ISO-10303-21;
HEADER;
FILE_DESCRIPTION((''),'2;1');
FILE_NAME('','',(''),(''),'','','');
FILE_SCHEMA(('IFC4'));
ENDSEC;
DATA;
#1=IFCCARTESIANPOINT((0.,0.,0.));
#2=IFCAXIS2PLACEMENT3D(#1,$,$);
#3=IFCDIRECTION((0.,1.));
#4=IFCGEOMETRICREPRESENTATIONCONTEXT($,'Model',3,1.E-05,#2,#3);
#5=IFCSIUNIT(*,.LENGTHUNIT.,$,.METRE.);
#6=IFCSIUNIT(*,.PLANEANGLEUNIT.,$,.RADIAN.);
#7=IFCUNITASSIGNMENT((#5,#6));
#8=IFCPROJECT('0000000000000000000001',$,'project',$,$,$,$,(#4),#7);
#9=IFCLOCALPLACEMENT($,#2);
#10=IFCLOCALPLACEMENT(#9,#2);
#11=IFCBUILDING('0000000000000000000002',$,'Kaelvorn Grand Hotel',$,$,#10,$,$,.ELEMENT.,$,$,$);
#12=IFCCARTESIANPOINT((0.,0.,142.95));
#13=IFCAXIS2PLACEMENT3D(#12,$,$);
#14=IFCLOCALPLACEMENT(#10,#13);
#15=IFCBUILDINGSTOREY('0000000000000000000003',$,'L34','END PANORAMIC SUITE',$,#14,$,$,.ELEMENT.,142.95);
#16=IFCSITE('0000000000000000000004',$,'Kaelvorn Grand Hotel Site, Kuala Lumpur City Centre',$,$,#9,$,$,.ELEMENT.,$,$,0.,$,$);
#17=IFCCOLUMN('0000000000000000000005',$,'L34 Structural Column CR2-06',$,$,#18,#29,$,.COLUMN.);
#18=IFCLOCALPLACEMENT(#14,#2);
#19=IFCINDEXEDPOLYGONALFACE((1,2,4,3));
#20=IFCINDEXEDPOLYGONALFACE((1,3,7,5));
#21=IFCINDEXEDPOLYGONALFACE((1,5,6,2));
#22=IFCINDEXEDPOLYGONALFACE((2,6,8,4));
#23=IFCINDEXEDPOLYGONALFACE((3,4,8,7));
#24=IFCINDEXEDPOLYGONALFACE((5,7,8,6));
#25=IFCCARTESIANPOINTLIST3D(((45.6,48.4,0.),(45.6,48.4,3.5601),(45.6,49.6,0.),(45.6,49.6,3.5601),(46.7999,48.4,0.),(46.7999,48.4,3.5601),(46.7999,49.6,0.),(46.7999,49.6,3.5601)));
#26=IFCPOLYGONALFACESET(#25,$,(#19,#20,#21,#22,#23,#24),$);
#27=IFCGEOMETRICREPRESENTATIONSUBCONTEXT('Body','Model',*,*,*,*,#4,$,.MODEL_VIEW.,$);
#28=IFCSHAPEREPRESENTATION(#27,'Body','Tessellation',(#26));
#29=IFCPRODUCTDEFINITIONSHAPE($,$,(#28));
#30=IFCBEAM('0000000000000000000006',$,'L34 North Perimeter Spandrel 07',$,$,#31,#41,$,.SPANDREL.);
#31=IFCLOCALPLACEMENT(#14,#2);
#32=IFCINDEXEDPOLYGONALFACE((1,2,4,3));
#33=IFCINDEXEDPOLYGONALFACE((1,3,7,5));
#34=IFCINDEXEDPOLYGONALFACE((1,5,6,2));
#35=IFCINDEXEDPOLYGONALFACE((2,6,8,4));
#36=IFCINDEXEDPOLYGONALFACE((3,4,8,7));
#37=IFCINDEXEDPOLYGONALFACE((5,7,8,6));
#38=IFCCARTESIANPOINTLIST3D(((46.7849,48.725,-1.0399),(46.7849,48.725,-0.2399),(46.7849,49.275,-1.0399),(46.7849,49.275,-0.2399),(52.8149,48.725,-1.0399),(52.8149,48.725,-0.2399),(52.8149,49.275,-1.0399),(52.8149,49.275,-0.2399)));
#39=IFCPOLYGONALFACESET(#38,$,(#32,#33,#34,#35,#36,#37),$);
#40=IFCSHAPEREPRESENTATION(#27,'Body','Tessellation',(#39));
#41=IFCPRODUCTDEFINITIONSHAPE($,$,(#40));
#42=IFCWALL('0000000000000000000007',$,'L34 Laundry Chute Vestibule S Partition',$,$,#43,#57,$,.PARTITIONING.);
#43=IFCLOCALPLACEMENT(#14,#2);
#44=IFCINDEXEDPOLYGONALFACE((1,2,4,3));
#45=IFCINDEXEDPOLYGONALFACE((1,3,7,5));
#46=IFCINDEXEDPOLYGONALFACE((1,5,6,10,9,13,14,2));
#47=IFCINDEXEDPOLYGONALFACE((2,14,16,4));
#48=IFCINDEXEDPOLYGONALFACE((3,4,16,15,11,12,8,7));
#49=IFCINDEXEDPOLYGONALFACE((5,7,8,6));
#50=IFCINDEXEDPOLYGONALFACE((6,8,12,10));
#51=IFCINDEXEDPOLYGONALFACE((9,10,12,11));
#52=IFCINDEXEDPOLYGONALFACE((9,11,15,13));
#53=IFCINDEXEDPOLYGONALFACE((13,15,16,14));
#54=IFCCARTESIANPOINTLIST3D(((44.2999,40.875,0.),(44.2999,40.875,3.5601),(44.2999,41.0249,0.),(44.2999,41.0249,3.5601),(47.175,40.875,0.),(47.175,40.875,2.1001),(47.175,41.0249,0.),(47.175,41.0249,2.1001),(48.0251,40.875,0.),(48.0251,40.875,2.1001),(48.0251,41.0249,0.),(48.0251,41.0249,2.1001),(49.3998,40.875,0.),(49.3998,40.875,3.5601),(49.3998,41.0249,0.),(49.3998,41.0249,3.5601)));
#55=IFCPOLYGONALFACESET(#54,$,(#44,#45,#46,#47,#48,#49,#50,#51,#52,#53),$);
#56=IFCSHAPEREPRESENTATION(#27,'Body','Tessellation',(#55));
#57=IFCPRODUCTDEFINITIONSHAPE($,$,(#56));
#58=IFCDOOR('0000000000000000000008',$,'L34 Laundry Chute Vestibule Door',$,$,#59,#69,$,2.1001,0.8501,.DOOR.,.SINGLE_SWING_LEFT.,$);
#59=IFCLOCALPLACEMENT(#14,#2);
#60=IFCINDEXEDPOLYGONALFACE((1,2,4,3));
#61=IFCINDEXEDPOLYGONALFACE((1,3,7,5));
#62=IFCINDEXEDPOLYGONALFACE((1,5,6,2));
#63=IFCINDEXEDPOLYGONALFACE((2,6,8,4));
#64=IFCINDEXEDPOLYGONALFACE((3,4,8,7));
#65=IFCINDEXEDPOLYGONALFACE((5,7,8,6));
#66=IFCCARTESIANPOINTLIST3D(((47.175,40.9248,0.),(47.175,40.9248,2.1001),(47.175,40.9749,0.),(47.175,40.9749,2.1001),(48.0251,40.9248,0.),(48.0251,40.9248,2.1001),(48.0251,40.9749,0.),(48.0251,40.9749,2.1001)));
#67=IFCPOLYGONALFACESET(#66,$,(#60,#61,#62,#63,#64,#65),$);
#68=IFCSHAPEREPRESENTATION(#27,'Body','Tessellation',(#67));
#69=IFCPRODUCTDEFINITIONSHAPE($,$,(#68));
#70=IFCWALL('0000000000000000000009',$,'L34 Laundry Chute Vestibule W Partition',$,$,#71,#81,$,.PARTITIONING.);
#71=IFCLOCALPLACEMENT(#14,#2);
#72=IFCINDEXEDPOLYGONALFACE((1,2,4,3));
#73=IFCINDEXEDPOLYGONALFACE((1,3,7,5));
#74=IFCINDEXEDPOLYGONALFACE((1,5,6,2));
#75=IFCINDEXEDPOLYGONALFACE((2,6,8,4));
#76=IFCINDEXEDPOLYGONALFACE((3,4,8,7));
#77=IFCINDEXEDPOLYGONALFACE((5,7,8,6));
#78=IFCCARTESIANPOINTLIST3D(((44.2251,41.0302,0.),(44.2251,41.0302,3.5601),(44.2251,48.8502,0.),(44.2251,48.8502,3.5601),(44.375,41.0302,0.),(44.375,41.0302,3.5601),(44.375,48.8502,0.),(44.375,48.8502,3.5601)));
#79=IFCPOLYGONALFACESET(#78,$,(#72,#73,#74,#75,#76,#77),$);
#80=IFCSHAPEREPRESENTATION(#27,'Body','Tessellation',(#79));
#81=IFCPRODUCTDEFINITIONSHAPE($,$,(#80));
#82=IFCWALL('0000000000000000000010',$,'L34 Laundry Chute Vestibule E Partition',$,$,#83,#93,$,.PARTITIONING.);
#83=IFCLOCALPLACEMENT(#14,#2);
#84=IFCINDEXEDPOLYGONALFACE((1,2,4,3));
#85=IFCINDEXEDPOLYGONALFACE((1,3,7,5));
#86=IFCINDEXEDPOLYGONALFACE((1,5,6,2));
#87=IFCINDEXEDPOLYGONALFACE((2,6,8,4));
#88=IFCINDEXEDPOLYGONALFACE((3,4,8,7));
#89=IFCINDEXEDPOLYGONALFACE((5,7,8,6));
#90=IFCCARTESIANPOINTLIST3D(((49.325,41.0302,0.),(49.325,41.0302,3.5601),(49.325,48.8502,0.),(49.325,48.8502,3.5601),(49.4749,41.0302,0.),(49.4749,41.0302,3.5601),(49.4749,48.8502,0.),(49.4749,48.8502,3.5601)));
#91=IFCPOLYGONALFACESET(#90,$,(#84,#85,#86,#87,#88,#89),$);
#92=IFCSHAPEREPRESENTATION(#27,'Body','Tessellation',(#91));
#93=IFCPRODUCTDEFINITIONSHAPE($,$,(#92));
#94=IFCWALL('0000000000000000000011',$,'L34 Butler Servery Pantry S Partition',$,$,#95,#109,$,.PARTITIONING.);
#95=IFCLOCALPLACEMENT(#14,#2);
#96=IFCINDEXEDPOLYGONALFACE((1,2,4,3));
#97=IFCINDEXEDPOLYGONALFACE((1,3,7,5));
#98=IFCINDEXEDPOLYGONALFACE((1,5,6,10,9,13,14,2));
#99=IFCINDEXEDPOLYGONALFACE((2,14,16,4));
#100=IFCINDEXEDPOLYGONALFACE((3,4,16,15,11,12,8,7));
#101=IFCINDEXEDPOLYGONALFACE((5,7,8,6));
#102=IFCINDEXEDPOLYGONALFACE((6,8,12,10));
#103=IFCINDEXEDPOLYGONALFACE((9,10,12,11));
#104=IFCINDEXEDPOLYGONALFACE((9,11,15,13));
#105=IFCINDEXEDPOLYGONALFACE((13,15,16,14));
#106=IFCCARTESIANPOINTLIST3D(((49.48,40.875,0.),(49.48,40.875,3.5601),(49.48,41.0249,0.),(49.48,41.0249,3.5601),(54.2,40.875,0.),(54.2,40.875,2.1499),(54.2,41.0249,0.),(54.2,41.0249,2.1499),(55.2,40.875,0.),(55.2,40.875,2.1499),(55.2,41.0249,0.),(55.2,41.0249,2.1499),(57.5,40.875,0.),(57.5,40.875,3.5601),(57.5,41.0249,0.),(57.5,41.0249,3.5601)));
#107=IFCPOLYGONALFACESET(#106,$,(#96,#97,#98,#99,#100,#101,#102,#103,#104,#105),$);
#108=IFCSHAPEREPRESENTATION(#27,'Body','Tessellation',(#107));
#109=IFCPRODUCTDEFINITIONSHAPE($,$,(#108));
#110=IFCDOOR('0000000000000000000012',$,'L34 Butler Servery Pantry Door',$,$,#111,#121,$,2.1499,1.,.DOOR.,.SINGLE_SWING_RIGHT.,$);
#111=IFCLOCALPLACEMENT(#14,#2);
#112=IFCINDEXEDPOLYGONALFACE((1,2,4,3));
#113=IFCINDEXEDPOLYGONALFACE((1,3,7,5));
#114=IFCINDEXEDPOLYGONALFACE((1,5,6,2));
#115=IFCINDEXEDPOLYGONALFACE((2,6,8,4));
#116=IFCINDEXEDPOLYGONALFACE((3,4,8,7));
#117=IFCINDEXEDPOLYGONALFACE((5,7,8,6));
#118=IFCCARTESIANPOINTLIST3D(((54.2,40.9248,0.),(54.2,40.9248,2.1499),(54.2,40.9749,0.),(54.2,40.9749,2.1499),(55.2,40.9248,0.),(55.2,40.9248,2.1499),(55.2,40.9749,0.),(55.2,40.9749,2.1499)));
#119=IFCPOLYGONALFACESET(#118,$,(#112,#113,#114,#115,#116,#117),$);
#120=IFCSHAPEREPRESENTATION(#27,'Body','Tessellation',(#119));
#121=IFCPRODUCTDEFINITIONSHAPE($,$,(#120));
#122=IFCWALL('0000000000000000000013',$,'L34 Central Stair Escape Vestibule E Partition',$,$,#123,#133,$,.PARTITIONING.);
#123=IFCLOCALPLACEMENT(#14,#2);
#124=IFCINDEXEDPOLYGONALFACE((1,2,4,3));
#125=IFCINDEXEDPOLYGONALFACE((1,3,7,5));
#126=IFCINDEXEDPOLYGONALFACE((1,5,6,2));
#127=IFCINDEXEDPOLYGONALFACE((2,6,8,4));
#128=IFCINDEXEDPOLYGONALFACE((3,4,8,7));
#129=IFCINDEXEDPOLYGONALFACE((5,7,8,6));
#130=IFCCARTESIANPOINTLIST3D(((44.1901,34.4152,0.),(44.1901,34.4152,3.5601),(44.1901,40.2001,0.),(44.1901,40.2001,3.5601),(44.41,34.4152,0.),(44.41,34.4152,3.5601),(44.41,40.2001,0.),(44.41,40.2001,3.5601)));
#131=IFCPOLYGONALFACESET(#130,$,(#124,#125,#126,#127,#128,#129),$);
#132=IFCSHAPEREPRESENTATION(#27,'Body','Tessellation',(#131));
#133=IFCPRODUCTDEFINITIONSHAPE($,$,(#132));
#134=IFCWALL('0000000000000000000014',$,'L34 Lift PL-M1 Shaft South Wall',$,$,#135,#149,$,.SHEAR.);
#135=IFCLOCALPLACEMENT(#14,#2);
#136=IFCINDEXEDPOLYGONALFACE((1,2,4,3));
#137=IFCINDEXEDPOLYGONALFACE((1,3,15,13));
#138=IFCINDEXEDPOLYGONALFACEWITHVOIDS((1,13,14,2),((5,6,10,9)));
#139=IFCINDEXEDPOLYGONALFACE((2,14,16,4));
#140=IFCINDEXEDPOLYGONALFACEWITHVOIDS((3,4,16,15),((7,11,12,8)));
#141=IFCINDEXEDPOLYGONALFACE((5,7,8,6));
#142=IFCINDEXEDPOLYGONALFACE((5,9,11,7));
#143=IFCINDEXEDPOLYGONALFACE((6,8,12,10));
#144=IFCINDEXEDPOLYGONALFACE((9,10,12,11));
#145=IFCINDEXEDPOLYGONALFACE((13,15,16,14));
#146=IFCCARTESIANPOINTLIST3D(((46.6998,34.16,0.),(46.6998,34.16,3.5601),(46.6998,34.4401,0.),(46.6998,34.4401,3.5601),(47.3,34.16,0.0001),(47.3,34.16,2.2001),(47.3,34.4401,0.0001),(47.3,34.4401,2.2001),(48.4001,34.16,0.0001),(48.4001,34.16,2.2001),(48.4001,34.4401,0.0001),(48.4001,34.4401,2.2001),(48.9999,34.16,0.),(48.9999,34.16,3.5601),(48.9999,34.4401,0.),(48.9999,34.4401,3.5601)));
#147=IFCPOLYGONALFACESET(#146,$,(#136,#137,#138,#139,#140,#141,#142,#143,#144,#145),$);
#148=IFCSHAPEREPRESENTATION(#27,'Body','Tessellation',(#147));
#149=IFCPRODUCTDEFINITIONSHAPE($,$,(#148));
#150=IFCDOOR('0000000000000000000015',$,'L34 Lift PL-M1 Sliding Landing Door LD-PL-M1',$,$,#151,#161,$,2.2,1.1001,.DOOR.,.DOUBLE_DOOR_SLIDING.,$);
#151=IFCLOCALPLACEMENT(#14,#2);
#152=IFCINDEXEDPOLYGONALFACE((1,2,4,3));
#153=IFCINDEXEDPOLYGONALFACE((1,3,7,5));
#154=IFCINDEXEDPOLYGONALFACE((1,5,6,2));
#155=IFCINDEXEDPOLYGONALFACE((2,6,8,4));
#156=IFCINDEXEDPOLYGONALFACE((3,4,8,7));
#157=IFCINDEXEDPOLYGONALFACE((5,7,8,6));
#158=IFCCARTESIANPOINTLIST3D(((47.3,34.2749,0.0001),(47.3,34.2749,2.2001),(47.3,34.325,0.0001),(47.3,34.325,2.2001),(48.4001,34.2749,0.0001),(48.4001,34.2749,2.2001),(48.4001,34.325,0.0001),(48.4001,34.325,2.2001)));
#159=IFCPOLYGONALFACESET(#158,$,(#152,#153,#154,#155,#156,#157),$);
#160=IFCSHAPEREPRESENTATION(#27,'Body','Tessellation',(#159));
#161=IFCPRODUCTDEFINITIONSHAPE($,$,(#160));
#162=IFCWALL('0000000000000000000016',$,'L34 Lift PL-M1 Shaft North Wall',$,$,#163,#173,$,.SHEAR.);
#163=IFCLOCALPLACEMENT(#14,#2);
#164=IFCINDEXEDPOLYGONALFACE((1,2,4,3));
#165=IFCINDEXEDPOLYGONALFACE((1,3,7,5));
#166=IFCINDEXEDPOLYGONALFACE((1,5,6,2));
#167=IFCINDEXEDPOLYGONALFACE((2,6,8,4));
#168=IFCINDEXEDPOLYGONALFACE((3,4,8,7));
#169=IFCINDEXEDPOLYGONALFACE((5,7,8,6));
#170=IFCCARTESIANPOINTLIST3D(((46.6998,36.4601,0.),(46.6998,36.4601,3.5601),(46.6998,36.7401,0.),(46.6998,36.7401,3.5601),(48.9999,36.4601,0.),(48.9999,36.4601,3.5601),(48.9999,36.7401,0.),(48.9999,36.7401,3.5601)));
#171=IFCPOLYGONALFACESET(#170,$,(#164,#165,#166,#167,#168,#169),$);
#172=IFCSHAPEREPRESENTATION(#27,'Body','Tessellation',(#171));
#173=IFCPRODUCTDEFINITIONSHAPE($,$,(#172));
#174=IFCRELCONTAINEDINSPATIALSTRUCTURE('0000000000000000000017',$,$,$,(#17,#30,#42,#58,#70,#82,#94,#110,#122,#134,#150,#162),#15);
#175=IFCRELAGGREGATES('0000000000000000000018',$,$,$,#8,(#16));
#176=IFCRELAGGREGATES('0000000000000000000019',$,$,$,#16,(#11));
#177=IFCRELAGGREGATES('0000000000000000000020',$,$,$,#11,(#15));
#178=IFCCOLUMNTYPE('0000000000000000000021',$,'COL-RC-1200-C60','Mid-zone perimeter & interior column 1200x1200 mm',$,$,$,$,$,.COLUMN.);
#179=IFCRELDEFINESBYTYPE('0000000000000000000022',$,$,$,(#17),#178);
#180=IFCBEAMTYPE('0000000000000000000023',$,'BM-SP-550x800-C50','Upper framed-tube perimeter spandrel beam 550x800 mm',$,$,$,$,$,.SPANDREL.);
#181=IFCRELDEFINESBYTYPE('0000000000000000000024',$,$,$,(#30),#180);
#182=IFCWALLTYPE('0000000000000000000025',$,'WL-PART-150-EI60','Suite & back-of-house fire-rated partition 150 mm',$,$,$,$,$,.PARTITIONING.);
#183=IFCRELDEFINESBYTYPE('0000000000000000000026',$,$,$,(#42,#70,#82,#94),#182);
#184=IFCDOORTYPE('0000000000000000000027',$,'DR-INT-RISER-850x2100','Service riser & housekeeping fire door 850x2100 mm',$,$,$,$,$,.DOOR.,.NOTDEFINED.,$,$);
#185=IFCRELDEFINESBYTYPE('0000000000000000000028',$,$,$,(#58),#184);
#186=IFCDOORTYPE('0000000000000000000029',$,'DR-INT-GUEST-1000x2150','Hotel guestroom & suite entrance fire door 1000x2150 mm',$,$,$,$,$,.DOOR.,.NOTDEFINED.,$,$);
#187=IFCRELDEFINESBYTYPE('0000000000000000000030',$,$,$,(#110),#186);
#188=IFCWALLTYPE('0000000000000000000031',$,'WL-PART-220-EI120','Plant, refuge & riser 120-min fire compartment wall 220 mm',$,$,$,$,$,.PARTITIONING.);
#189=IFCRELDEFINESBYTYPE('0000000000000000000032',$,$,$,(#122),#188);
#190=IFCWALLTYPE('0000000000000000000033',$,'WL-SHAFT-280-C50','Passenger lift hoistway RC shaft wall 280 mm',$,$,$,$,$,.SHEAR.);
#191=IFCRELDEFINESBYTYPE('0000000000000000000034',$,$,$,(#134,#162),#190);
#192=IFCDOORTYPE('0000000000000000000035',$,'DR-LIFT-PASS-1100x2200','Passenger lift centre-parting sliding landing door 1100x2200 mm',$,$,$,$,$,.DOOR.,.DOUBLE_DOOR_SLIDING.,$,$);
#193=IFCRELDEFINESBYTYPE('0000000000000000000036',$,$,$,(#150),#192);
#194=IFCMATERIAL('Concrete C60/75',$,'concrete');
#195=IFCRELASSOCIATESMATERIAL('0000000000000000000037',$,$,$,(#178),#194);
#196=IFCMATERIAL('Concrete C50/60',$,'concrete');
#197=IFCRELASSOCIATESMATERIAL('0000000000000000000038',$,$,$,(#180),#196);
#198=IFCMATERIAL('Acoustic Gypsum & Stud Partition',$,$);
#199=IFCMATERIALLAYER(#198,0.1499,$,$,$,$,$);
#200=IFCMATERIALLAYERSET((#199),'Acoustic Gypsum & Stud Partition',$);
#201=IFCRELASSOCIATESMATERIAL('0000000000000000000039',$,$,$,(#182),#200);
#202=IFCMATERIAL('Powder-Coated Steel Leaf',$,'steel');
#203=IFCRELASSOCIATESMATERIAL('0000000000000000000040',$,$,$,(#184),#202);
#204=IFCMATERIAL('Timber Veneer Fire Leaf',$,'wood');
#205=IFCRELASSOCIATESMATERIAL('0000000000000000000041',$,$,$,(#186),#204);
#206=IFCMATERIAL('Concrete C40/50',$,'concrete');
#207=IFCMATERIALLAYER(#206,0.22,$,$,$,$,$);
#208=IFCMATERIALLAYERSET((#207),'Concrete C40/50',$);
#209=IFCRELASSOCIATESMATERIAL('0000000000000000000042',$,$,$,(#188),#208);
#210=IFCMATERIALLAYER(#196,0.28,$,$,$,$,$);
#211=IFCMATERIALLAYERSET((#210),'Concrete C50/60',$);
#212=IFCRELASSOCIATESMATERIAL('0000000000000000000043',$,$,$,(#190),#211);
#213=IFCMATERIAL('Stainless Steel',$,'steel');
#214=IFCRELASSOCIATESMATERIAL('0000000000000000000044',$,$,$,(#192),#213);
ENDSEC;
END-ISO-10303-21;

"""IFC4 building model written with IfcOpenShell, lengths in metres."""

from ifc_helpers import new_model, si_unit, direction, frame, frame_2d, origin, origin_2d, place, context, subcontext, project, spatial, rectangle, extrude, material, layer, layer_set, material_profile, profile_set, type_object, element, fill, save


model = new_model("IFC4")

# Units and contexts
model_context = context("Model", 3, precision=1e-05, world=origin(), true_north=direction((0.0, 1.0)))
body_context = subcontext(model_context, "Body", "Model", "MODEL_VIEW")
ifc_project = project(units=[si_unit("LENGTHUNIT", "METRE"), si_unit("PLANEANGLEUNIT", "RADIAN")], contexts=[model_context])

# Site, building, storey
site_placement = place(None, origin())
site = spatial("IfcSite", under=ifc_project, at=site_placement, Name="Kaelvorn Grand Hotel Site, Kuala Lumpur City Centre", CompositionType="ELEMENT", RefElevation=0.0)
building_placement = place(site_placement, origin())
building = spatial("IfcBuilding", under=site, at=building_placement, Name="Kaelvorn Grand Hotel", CompositionType="ELEMENT")
storey_placement = place(building_placement, frame((0.0, 0.0, 142.95)))
storey = spatial("IfcBuildingStorey", under=building, at=storey_placement, Name="L34", Description="END PANORAMIC SUITE", CompositionType="ELEMENT", Elevation=142.95)

# Column
ifc_material_1 = material(Name="Concrete C60/75", Category="concrete")
ifc_material_profile_1 = material_profile(ifc_material_1, rectangle(XDim=1.2, YDim=1.2, at=origin_2d()), Name="RC COL 1200x1200")
ifc_profile_set_1 = profile_set([ifc_material_profile_1], Name="Concrete C60/75")
column_type = type_object("IfcColumnType", Name="COL-RC-1200-C60", Description="Mid-zone perimeter & interior column 1200x1200 mm", PredefinedType="COLUMN", material=ifc_profile_set_1)
column_placement = place(storey_placement, frame((46.2, 49.0, 0.0), z_axis=(0.0, 0.0, 1.0), x_axis=(1.0, 0.0, 0.0)))
element("IfcColumn", 1, at=column_placement, inside=storey, type_object=column_type, Name="L34 Structural Column CR2-06", PredefinedType="COLUMN", context=body_context, shape_type="SweptSolid", body=[
    extrude(rectangle(XDim=1.2, YDim=1.2, at=origin_2d()), origin(), (0.0, 0.0, 1.0), 3.5601),
])

# Beam
ifc_material_2 = material(Name="Concrete C50/60", Category="concrete")
ifc_material_profile_2 = material_profile(ifc_material_2, rectangle(XDim=0.55, YDim=0.8, at=origin_2d()), Name="RC SPANDREL 550x800")
ifc_profile_set_2 = profile_set([ifc_material_profile_2], Name="Concrete C50/60")
beam_type = type_object("IfcBeamType", Name="BM-SP-550x800-C50", Description="Upper framed-tube perimeter spandrel beam 550x800 mm", PredefinedType="SPANDREL", material=ifc_profile_set_2)
beam_placement = place(storey_placement, frame((46.7849, 49.0, -0.6399), z_axis=(1.0, 0.0, 0.0), x_axis=(0.0, 1.0, 0.0)))
element("IfcBeam", 2, at=beam_placement, inside=storey, type_object=beam_type, Name="L34 North Perimeter Spandrel 07", PredefinedType="SPANDREL", context=body_context, shape_type="SweptSolid", body=[
    extrude(rectangle(XDim=0.55, YDim=0.8, at=origin_2d()), origin(), (0.0, 0.0, 1.0), 6.03),
])

# Wall, opening, door
ifc_material_3 = material(Name="Acoustic Gypsum & Stud Partition")
ifc_layer_1 = layer(ifc_material_3, 0.1499)
ifc_layer_set_1 = layer_set([ifc_layer_1], Name="Acoustic Gypsum & Stud Partition")
wall_type_1 = type_object("IfcWallType", Name="WL-PART-150-EI60", Description="Suite & back-of-house fire-rated partition 150 mm", PredefinedType="PARTITIONING", material=ifc_layer_set_1)
wall_1_placement = place(storey_placement, frame((44.3, 40.95, 0.0), z_axis=(0.0, 0.0, 1.0), x_axis=(1.0, 0.0, 0.0)))
wall_1 = element("IfcWall", 3, at=wall_1_placement, inside=storey, type_object=wall_type_1, Name="L34 Laundry Chute Vestibule S Partition", PredefinedType="PARTITIONING", context=body_context, shape_type="SweptSolid", body=[
    extrude(rectangle(XDim=5.0999, YDim=0.1499, at=frame_2d((2.5498, 0.0))), origin(), (0.0, 0.0, 1.0), 3.5601),
])
opening_1_placement = place(wall_1_placement, frame((2.875, 0.0, 0.0)))
opening_1 = element("IfcOpeningElement", 4, at=opening_1_placement, cuts=wall_1, PredefinedType="OPENING", context=body_context, shape_type="SweptSolid", body=[
    extrude(rectangle(XDim=0.8501, YDim=2.1001, at=frame_2d((0.425, 1.05))), frame((0.0, 0.085, 0.0), z_axis=(0.0, -1.0, 0.0), x_axis=(1.0, 0.0, 0.0)), (0.0, 0.0, 1.0), 0.1699),
])
ifc_material_4 = material(Name="Powder-Coated Steel Leaf", Category="steel")
door_type_1 = type_object("IfcDoorType", Name="DR-INT-RISER-850x2100", Description="Service riser & housekeeping fire door 850x2100 mm", OperationType="NOTDEFINED", PredefinedType="DOOR", material=ifc_material_4)
door_1_placement = place(opening_1_placement, origin())
door_1 = element("IfcDoor", 5, at=door_1_placement, inside=storey, type_object=door_type_1, Name="L34 Laundry Chute Vestibule Door", OperationType="SINGLE_SWING_LEFT", OverallHeight=2.1001, OverallWidth=0.8501, PredefinedType="DOOR", context=body_context, shape_type="SweptSolid", body=[
    extrude(rectangle(XDim=0.8501, YDim=2.1001, at=frame_2d((0.425, 1.05))), frame((0.0, 0.0249, 0.0), z_axis=(0.0, -1.0, 0.0), x_axis=(1.0, 0.0, 0.0)), (0.0, 0.0, 1.0), 0.05),
])
fill(opening_1, door_1)

# Walls
for number, where, z_axis, x_axis, name in (
    (6, (44.3, 41.03, 0.0), (0.0, 0.0, 1.0), (0.0, 1.0, 0.0), "L34 Laundry Chute Vestibule W Partition"),
    (7, (49.3999, 41.03, 0.0), (0.0, 0.0, 1.0), (0.0, 1.0, 0.0), "L34 Laundry Chute Vestibule E Partition"),
):
    element("IfcWall", number, at=place(storey_placement, frame(where, z_axis=z_axis, x_axis=x_axis)), inside=storey, type_object=wall_type_1, Name=name, PredefinedType="PARTITIONING", context=body_context, shape_type="SweptSolid", body=[
        extrude(rectangle(XDim=7.8201, YDim=0.1499, at=frame_2d((3.9102, 0.0))), origin(), (0.0, 0.0, 1.0), 3.5601),
    ])

# Wall, opening, door
wall_2_placement = place(storey_placement, frame((49.48, 40.95, 0.0), z_axis=(0.0, 0.0, 1.0), x_axis=(1.0, 0.0, 0.0)))
wall_2 = element("IfcWall", 8, at=wall_2_placement, inside=storey, type_object=wall_type_1, Name="L34 Butler Servery Pantry S Partition", PredefinedType="PARTITIONING", context=body_context, shape_type="SweptSolid", body=[
    extrude(rectangle(XDim=8.02, YDim=0.1499, at=frame_2d((4.01, 0.0))), origin(), (0.0, 0.0, 1.0), 3.5601),
])
opening_2_placement = place(wall_2_placement, frame((4.72, 0.0, 0.0)))
opening_2 = element("IfcOpeningElement", 9, at=opening_2_placement, cuts=wall_2, PredefinedType="OPENING", context=body_context, shape_type="SweptSolid", body=[
    extrude(rectangle(XDim=1.0, YDim=2.1499, at=frame_2d((0.5, 1.075))), frame((0.0, 0.085, 0.0), z_axis=(0.0, -1.0, 0.0), x_axis=(1.0, 0.0, 0.0)), (0.0, 0.0, 1.0), 0.1699),
])
ifc_material_5 = material(Name="Timber Veneer Fire Leaf", Category="wood")
door_type_2 = type_object("IfcDoorType", Name="DR-INT-GUEST-1000x2150", Description="Hotel guestroom & suite entrance fire door 1000x2150 mm", OperationType="NOTDEFINED", PredefinedType="DOOR", material=ifc_material_5)
door_2_placement = place(opening_2_placement, origin())
door_2 = element("IfcDoor", 10, at=door_2_placement, inside=storey, type_object=door_type_2, Name="L34 Butler Servery Pantry Door", OperationType="SINGLE_SWING_RIGHT", OverallHeight=2.1499, OverallWidth=1.0, PredefinedType="DOOR", context=body_context, shape_type="SweptSolid", body=[
    extrude(rectangle(XDim=1.0, YDim=2.1499, at=frame_2d((0.5, 1.075))), frame((0.0, 0.0249, 0.0), z_axis=(0.0, -1.0, 0.0), x_axis=(1.0, 0.0, 0.0)), (0.0, 0.0, 1.0), 0.05),
])
fill(opening_2, door_2)

# Wall
ifc_material_6 = material(Name="Concrete C40/50", Category="concrete")
ifc_layer_2 = layer(ifc_material_6, 0.22)
ifc_layer_set_2 = layer_set([ifc_layer_2], Name="Concrete C40/50")
wall_type_2 = type_object("IfcWallType", Name="WL-PART-220-EI120", Description="Plant, refuge & riser 120-min fire compartment wall 220 mm", PredefinedType="PARTITIONING", material=ifc_layer_set_2)
wall_3_placement = place(storey_placement, frame((44.3, 34.415, 0.0), z_axis=(0.0, 0.0, 1.0), x_axis=(0.0, 1.0, 0.0)))
element("IfcWall", 11, at=wall_3_placement, inside=storey, type_object=wall_type_2, Name="L34 Central Stair Escape Vestibule E Partition", PredefinedType="PARTITIONING", context=body_context, shape_type="SweptSolid", body=[
    extrude(rectangle(XDim=5.7849, YDim=0.22, at=frame_2d((2.8926, 0.0))), origin(), (0.0, 0.0, 1.0), 3.5601),
])

# Wall, opening, door
ifc_layer_3 = layer(ifc_material_2, 0.28)
ifc_layer_set_3 = layer_set([ifc_layer_3], Name="Concrete C50/60")
wall_type_3 = type_object("IfcWallType", Name="WL-SHAFT-280-C50", Description="Passenger lift hoistway RC shaft wall 280 mm", PredefinedType="SHEAR", material=ifc_layer_set_3)
wall_4_placement = place(storey_placement, frame((46.7, 34.3, 0.0), z_axis=(0.0, 0.0, 1.0), x_axis=(1.0, 0.0, 0.0)))
wall_4 = element("IfcWall", 12, at=wall_4_placement, inside=storey, type_object=wall_type_3, Name="L34 Lift PL-M1 Shaft South Wall", PredefinedType="SHEAR", context=body_context, shape_type="SweptSolid", body=[
    extrude(rectangle(XDim=2.3, YDim=0.28, at=frame_2d((1.1499, 0.0))), origin(), (0.0, 0.0, 1.0), 3.5601),
])
opening_3_placement = place(wall_4_placement, frame((0.6001, 0.0, 0.0)))
opening_3 = element("IfcOpeningElement", 13, at=opening_3_placement, cuts=wall_4, PredefinedType="OPENING", context=body_context, shape_type="SweptSolid", body=[
    extrude(rectangle(XDim=1.1001, YDim=2.2, at=frame_2d((0.55, 1.1001))), frame((0.0, 0.1499, 0.0), z_axis=(0.0, -1.0, 0.0), x_axis=(1.0, 0.0, 0.0)), (0.0, 0.0, 1.0), 0.3),
])
ifc_material_7 = material(Name="Stainless Steel", Category="steel")
door_type_3 = type_object("IfcDoorType", Name="DR-LIFT-PASS-1100x2200", Description="Passenger lift centre-parting sliding landing door 1100x2200 mm", OperationType="DOUBLE_DOOR_SLIDING", PredefinedType="DOOR", material=ifc_material_7)
door_3_placement = place(opening_3_placement, origin())
door_3 = element("IfcDoor", 14, at=door_3_placement, inside=storey, type_object=door_type_3, Name="L34 Lift PL-M1 Sliding Landing Door LD-PL-M1", OperationType="DOUBLE_DOOR_SLIDING", OverallHeight=2.2, OverallWidth=1.1001, PredefinedType="DOOR", context=body_context, shape_type="SweptSolid", body=[
    extrude(rectangle(XDim=1.1001, YDim=2.2, at=frame_2d((0.55, 1.1001))), frame((0.0, 0.0249, 0.0), z_axis=(0.0, -1.0, 0.0), x_axis=(1.0, 0.0, 0.0)), (0.0, 0.0, 1.0), 0.05),
])
fill(opening_3, door_3)

# Wall
wall_5_placement = place(storey_placement, frame((46.7, 36.6001, 0.0), z_axis=(0.0, 0.0, 1.0), x_axis=(1.0, 0.0, 0.0)))
element("IfcWall", 15, at=wall_5_placement, inside=storey, type_object=wall_type_3, Name="L34 Lift PL-M1 Shaft North Wall", PredefinedType="SHEAR", context=body_context, shape_type="SweptSolid", body=[
    extrude(rectangle(XDim=2.3, YDim=0.28, at=frame_2d((1.1499, 0.0))), origin(), (0.0, 0.0, 1.0), 3.5601),
])

save(model, "model.ifc")
